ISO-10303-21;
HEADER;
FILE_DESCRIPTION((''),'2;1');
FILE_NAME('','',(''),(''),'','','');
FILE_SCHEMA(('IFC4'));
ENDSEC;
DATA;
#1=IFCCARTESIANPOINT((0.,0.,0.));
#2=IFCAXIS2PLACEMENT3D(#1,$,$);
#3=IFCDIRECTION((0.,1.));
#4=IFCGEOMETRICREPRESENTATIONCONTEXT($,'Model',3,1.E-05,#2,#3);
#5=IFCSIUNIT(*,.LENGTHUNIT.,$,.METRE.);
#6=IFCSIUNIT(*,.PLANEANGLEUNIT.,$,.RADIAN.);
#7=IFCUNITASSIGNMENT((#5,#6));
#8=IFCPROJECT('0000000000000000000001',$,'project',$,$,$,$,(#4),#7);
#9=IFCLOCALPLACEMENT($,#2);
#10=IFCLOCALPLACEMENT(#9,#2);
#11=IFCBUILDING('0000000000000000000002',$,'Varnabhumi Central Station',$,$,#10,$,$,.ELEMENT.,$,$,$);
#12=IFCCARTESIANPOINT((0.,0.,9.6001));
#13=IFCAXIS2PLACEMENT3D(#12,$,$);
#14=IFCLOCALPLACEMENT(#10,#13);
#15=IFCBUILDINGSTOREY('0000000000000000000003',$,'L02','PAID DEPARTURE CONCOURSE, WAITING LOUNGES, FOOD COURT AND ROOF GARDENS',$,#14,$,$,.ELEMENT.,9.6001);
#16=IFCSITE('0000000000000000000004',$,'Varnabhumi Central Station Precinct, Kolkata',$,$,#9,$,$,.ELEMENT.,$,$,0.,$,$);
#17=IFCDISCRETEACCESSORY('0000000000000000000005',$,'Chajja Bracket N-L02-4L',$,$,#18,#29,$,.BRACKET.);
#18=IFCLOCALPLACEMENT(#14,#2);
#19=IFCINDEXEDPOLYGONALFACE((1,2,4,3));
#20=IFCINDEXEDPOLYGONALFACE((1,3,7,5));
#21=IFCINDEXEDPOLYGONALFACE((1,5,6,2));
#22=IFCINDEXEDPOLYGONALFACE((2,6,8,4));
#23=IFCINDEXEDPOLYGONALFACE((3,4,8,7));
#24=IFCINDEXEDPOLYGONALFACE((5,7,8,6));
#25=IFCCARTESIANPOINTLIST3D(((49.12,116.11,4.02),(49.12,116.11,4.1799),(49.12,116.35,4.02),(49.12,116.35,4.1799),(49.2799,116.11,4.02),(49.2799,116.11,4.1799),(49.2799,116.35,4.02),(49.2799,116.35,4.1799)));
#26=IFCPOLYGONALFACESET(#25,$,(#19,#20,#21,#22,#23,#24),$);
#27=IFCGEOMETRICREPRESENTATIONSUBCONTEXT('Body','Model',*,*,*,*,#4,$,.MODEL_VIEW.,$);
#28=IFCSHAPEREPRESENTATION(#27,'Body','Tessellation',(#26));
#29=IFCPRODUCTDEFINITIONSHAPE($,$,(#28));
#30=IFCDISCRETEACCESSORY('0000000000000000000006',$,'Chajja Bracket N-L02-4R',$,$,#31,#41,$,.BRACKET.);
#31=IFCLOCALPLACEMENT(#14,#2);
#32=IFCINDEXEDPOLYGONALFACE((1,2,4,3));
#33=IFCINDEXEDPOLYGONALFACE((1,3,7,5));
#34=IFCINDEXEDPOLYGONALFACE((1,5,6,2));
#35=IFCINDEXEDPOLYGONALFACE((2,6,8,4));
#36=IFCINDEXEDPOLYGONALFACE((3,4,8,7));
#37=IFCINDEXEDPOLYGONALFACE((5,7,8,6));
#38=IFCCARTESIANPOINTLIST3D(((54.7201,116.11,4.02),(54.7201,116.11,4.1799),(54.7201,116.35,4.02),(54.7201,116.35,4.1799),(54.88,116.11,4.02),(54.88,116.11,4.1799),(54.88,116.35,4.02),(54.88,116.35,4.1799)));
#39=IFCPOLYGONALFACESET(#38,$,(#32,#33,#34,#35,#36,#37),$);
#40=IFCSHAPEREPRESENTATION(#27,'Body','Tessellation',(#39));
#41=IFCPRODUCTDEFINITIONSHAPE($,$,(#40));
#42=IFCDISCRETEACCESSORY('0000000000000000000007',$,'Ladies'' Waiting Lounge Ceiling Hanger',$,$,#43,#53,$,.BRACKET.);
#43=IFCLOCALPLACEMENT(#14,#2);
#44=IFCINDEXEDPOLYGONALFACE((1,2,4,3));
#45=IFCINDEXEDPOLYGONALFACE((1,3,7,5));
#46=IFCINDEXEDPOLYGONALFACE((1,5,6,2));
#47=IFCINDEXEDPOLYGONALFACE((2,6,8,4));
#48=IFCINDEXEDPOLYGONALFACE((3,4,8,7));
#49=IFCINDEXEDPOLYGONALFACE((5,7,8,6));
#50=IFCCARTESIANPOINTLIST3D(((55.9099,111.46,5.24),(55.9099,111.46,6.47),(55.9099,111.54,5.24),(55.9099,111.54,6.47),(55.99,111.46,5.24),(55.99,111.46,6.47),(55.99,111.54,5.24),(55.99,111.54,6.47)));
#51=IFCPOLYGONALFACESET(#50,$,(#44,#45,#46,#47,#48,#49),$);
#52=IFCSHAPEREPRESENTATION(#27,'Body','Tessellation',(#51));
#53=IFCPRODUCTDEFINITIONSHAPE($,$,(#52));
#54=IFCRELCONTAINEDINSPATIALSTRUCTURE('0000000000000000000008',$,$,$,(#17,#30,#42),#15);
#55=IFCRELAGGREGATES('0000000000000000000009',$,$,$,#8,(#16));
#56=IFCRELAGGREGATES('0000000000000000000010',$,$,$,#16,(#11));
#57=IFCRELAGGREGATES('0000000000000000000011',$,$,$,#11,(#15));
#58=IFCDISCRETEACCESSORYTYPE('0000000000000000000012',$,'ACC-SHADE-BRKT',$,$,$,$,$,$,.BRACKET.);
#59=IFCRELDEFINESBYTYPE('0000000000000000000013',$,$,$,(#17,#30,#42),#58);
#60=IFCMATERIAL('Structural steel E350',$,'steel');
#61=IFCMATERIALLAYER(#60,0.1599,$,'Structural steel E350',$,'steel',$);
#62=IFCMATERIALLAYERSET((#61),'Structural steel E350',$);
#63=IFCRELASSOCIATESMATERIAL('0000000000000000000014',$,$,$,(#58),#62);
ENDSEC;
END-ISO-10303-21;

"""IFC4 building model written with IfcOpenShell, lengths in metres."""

from ifc_helpers import new_model, si_unit, direction, frame, origin, origin_2d, place, context, subcontext, project, spatial, rectangle, extrude, material, layer, layer_set, type_object, element, save


model = new_model("IFC4")

# Units and contexts
model_context = context("Model", 3, precision=1e-05, world=origin(), true_north=direction((0.0, 1.0)))
body_context = subcontext(model_context, "Body", "Model", "MODEL_VIEW")
ifc_project = project(units=[si_unit("LENGTHUNIT", "METRE"), si_unit("PLANEANGLEUNIT", "RADIAN")], contexts=[model_context])

# Site, building, storey
site_placement = place(None, origin())
site = spatial("IfcSite", under=ifc_project, at=site_placement, Name="Varnabhumi Central Station Precinct, Kolkata", CompositionType="ELEMENT", RefElevation=0.0)
building_placement = place(site_placement, origin())
building = spatial("IfcBuilding", under=site, at=building_placement, Name="Varnabhumi Central Station", CompositionType="ELEMENT")
storey_placement = place(building_placement, frame((0.0, 0.0, 9.6001)))
storey = spatial("IfcBuildingStorey", under=building, at=storey_placement, Name="L02", Description="PAID DEPARTURE CONCOURSE, WAITING LOUNGES, FOOD COURT AND ROOF GARDENS", CompositionType="ELEMENT", Elevation=9.6001)

# Shared definitions
ifc_material_1 = material(Name="Structural steel E350", Category="steel")

# Discrete accessories
ifc_layer_1 = layer(ifc_material_1, 0.1599, Name="Structural steel E350", Category="steel")
ifc_layer_set_1 = layer_set([ifc_layer_1], Name="Structural steel E350")
discrete_accessory_type = type_object("IfcDiscreteAccessoryType", Name="ACC-SHADE-BRKT", PredefinedType="BRACKET", material=ifc_layer_set_1)
for number, where, z_axis, x_axis, name in (
    (1, (49.2, 116.23, 4.02), (0.0, 0.0, 1.0), (1.0, 0.0, 0.0), "Chajja Bracket N-L02-4L"),
    (2, (54.8, 116.23, 4.02), (0.0, 0.0, 1.0), (1.0, 0.0, 0.0), "Chajja Bracket N-L02-4R"),
):
    element("IfcDiscreteAccessory", number, at=place(storey_placement, frame(where, z_axis=z_axis, x_axis=x_axis)), inside=storey, type_object=discrete_accessory_type, Name=name, PredefinedType="BRACKET", context=body_context, shape_type="SweptSolid", body=[
        extrude(rectangle(XDim=0.1599, YDim=0.24, at=origin_2d()), origin(), (0.0, 0.0, 1.0), 0.1599),
    ])
discrete_accessory_placement = place(storey_placement, frame((55.95, 111.5, 5.24), z_axis=(0.0, 0.0, 1.0), x_axis=(1.0, 0.0, 0.0)))
element("IfcDiscreteAccessory", 3, at=discrete_accessory_placement, inside=storey, type_object=discrete_accessory_type, Name="Ladies' Waiting Lounge Ceiling Hanger", PredefinedType="BRACKET", context=body_context, shape_type="SweptSolid", body=[
    extrude(rectangle(XDim=0.0801, YDim=0.0801, at=origin_2d()), origin(), (0.0, 0.0, 1.0), 1.23),
])

save(model, "model.ifc")
